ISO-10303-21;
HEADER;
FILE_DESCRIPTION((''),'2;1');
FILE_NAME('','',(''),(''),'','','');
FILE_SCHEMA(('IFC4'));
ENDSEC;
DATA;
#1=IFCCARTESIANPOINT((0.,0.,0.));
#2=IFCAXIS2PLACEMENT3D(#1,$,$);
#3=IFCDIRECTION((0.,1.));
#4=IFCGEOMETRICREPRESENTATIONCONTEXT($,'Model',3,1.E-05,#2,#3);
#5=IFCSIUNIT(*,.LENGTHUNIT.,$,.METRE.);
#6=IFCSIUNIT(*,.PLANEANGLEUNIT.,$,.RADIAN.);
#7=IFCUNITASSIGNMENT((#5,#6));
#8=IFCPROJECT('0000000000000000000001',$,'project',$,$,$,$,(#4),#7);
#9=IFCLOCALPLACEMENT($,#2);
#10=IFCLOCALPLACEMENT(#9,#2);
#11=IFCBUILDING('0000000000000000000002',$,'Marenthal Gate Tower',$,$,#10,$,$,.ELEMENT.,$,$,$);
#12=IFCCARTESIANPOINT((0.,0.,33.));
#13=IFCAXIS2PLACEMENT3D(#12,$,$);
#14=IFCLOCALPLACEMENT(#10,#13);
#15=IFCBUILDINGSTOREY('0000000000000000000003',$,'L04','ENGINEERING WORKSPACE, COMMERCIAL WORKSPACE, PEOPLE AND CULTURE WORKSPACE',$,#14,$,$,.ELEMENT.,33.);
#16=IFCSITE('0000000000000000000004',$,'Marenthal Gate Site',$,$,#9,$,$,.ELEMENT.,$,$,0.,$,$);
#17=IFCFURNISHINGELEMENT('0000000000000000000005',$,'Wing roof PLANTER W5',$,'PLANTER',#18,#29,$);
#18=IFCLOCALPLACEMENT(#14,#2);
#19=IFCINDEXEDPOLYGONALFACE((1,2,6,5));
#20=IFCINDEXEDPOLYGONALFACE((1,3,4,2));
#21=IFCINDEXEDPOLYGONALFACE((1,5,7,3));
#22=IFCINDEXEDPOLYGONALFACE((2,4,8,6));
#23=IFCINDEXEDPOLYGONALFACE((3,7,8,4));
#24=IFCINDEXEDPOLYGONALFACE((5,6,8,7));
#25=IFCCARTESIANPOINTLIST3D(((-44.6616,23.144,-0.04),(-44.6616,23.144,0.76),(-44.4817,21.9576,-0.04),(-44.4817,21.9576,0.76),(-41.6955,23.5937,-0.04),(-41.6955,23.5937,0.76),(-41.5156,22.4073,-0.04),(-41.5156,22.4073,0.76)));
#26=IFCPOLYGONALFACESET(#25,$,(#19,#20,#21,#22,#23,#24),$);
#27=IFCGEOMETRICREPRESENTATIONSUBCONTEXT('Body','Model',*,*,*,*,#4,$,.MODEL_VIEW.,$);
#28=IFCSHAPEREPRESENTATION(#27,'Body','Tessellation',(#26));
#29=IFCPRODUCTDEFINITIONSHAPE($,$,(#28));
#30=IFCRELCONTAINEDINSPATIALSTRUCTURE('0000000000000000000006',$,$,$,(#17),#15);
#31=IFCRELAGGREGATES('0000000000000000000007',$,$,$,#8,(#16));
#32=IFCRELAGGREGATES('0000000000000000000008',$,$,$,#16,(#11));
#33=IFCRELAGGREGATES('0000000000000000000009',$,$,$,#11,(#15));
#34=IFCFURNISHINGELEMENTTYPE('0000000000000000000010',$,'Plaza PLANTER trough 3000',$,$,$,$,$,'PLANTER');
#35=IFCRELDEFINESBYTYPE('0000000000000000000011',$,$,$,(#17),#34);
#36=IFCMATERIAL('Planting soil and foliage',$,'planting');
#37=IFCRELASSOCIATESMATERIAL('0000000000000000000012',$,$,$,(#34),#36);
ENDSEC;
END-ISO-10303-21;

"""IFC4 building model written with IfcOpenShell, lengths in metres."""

from ifc_helpers import new_model, si_unit, direction, frame, origin, origin_2d, place, context, subcontext, project, spatial, rectangle, extrude, material, type_object, element, save


model = new_model("IFC4")

# Units and contexts
model_context = context("Model", 3, precision=1e-05, world=origin(), true_north=direction((0.0, 1.0)))
body_context = subcontext(model_context, "Body", "Model", "MODEL_VIEW")
ifc_project = project(units=[si_unit("LENGTHUNIT", "METRE"), si_unit("PLANEANGLEUNIT", "RADIAN")], contexts=[model_context])

# Site, building, storey
site_placement = place(None, origin())
site = spatial("IfcSite", under=ifc_project, at=site_placement, Name="Marenthal Gate Site", CompositionType="ELEMENT", RefElevation=0.0)
building_placement = place(site_placement, origin())
building = spatial("IfcBuilding", under=site, at=building_placement, Name="Marenthal Gate Tower", CompositionType="ELEMENT")
storey_placement = place(building_placement, frame((0.0, 0.0, 33.0)))
storey = spatial("IfcBuildingStorey", under=building, at=storey_placement, Name="L04", Description="ENGINEERING WORKSPACE, COMMERCIAL WORKSPACE, PEOPLE AND CULTURE WORKSPACE", CompositionType="ELEMENT", Elevation=33.0)

# Furnishing element
ifc_material_1 = material(Name="Planting soil and foliage", Category="planting")
furnishing_element_type = type_object("IfcFurnishingElementType", Name="Plaza PLANTER trough 3000", ElementType="PLANTER", material=ifc_material_1)
furnishing_placement = place(storey_placement, frame((-43.0886, 22.7756, -0.04), z_axis=(0.0, 0.0, 1.0), x_axis=(0.988701, 0.149903, 0.0)))
element("IfcFurnishingElement", 1, at=furnishing_placement, inside=storey, type_object=furnishing_element_type, Name="Wing roof PLANTER W5", ObjectType="PLANTER", context=body_context, shape_type="SweptSolid", body=[
    extrude(rectangle(XDim=3.0, YDim=1.2, at=origin_2d()), origin(), (0.0, 0.0, 1.0), 0.8),
])

save(model, "model.ifc")
